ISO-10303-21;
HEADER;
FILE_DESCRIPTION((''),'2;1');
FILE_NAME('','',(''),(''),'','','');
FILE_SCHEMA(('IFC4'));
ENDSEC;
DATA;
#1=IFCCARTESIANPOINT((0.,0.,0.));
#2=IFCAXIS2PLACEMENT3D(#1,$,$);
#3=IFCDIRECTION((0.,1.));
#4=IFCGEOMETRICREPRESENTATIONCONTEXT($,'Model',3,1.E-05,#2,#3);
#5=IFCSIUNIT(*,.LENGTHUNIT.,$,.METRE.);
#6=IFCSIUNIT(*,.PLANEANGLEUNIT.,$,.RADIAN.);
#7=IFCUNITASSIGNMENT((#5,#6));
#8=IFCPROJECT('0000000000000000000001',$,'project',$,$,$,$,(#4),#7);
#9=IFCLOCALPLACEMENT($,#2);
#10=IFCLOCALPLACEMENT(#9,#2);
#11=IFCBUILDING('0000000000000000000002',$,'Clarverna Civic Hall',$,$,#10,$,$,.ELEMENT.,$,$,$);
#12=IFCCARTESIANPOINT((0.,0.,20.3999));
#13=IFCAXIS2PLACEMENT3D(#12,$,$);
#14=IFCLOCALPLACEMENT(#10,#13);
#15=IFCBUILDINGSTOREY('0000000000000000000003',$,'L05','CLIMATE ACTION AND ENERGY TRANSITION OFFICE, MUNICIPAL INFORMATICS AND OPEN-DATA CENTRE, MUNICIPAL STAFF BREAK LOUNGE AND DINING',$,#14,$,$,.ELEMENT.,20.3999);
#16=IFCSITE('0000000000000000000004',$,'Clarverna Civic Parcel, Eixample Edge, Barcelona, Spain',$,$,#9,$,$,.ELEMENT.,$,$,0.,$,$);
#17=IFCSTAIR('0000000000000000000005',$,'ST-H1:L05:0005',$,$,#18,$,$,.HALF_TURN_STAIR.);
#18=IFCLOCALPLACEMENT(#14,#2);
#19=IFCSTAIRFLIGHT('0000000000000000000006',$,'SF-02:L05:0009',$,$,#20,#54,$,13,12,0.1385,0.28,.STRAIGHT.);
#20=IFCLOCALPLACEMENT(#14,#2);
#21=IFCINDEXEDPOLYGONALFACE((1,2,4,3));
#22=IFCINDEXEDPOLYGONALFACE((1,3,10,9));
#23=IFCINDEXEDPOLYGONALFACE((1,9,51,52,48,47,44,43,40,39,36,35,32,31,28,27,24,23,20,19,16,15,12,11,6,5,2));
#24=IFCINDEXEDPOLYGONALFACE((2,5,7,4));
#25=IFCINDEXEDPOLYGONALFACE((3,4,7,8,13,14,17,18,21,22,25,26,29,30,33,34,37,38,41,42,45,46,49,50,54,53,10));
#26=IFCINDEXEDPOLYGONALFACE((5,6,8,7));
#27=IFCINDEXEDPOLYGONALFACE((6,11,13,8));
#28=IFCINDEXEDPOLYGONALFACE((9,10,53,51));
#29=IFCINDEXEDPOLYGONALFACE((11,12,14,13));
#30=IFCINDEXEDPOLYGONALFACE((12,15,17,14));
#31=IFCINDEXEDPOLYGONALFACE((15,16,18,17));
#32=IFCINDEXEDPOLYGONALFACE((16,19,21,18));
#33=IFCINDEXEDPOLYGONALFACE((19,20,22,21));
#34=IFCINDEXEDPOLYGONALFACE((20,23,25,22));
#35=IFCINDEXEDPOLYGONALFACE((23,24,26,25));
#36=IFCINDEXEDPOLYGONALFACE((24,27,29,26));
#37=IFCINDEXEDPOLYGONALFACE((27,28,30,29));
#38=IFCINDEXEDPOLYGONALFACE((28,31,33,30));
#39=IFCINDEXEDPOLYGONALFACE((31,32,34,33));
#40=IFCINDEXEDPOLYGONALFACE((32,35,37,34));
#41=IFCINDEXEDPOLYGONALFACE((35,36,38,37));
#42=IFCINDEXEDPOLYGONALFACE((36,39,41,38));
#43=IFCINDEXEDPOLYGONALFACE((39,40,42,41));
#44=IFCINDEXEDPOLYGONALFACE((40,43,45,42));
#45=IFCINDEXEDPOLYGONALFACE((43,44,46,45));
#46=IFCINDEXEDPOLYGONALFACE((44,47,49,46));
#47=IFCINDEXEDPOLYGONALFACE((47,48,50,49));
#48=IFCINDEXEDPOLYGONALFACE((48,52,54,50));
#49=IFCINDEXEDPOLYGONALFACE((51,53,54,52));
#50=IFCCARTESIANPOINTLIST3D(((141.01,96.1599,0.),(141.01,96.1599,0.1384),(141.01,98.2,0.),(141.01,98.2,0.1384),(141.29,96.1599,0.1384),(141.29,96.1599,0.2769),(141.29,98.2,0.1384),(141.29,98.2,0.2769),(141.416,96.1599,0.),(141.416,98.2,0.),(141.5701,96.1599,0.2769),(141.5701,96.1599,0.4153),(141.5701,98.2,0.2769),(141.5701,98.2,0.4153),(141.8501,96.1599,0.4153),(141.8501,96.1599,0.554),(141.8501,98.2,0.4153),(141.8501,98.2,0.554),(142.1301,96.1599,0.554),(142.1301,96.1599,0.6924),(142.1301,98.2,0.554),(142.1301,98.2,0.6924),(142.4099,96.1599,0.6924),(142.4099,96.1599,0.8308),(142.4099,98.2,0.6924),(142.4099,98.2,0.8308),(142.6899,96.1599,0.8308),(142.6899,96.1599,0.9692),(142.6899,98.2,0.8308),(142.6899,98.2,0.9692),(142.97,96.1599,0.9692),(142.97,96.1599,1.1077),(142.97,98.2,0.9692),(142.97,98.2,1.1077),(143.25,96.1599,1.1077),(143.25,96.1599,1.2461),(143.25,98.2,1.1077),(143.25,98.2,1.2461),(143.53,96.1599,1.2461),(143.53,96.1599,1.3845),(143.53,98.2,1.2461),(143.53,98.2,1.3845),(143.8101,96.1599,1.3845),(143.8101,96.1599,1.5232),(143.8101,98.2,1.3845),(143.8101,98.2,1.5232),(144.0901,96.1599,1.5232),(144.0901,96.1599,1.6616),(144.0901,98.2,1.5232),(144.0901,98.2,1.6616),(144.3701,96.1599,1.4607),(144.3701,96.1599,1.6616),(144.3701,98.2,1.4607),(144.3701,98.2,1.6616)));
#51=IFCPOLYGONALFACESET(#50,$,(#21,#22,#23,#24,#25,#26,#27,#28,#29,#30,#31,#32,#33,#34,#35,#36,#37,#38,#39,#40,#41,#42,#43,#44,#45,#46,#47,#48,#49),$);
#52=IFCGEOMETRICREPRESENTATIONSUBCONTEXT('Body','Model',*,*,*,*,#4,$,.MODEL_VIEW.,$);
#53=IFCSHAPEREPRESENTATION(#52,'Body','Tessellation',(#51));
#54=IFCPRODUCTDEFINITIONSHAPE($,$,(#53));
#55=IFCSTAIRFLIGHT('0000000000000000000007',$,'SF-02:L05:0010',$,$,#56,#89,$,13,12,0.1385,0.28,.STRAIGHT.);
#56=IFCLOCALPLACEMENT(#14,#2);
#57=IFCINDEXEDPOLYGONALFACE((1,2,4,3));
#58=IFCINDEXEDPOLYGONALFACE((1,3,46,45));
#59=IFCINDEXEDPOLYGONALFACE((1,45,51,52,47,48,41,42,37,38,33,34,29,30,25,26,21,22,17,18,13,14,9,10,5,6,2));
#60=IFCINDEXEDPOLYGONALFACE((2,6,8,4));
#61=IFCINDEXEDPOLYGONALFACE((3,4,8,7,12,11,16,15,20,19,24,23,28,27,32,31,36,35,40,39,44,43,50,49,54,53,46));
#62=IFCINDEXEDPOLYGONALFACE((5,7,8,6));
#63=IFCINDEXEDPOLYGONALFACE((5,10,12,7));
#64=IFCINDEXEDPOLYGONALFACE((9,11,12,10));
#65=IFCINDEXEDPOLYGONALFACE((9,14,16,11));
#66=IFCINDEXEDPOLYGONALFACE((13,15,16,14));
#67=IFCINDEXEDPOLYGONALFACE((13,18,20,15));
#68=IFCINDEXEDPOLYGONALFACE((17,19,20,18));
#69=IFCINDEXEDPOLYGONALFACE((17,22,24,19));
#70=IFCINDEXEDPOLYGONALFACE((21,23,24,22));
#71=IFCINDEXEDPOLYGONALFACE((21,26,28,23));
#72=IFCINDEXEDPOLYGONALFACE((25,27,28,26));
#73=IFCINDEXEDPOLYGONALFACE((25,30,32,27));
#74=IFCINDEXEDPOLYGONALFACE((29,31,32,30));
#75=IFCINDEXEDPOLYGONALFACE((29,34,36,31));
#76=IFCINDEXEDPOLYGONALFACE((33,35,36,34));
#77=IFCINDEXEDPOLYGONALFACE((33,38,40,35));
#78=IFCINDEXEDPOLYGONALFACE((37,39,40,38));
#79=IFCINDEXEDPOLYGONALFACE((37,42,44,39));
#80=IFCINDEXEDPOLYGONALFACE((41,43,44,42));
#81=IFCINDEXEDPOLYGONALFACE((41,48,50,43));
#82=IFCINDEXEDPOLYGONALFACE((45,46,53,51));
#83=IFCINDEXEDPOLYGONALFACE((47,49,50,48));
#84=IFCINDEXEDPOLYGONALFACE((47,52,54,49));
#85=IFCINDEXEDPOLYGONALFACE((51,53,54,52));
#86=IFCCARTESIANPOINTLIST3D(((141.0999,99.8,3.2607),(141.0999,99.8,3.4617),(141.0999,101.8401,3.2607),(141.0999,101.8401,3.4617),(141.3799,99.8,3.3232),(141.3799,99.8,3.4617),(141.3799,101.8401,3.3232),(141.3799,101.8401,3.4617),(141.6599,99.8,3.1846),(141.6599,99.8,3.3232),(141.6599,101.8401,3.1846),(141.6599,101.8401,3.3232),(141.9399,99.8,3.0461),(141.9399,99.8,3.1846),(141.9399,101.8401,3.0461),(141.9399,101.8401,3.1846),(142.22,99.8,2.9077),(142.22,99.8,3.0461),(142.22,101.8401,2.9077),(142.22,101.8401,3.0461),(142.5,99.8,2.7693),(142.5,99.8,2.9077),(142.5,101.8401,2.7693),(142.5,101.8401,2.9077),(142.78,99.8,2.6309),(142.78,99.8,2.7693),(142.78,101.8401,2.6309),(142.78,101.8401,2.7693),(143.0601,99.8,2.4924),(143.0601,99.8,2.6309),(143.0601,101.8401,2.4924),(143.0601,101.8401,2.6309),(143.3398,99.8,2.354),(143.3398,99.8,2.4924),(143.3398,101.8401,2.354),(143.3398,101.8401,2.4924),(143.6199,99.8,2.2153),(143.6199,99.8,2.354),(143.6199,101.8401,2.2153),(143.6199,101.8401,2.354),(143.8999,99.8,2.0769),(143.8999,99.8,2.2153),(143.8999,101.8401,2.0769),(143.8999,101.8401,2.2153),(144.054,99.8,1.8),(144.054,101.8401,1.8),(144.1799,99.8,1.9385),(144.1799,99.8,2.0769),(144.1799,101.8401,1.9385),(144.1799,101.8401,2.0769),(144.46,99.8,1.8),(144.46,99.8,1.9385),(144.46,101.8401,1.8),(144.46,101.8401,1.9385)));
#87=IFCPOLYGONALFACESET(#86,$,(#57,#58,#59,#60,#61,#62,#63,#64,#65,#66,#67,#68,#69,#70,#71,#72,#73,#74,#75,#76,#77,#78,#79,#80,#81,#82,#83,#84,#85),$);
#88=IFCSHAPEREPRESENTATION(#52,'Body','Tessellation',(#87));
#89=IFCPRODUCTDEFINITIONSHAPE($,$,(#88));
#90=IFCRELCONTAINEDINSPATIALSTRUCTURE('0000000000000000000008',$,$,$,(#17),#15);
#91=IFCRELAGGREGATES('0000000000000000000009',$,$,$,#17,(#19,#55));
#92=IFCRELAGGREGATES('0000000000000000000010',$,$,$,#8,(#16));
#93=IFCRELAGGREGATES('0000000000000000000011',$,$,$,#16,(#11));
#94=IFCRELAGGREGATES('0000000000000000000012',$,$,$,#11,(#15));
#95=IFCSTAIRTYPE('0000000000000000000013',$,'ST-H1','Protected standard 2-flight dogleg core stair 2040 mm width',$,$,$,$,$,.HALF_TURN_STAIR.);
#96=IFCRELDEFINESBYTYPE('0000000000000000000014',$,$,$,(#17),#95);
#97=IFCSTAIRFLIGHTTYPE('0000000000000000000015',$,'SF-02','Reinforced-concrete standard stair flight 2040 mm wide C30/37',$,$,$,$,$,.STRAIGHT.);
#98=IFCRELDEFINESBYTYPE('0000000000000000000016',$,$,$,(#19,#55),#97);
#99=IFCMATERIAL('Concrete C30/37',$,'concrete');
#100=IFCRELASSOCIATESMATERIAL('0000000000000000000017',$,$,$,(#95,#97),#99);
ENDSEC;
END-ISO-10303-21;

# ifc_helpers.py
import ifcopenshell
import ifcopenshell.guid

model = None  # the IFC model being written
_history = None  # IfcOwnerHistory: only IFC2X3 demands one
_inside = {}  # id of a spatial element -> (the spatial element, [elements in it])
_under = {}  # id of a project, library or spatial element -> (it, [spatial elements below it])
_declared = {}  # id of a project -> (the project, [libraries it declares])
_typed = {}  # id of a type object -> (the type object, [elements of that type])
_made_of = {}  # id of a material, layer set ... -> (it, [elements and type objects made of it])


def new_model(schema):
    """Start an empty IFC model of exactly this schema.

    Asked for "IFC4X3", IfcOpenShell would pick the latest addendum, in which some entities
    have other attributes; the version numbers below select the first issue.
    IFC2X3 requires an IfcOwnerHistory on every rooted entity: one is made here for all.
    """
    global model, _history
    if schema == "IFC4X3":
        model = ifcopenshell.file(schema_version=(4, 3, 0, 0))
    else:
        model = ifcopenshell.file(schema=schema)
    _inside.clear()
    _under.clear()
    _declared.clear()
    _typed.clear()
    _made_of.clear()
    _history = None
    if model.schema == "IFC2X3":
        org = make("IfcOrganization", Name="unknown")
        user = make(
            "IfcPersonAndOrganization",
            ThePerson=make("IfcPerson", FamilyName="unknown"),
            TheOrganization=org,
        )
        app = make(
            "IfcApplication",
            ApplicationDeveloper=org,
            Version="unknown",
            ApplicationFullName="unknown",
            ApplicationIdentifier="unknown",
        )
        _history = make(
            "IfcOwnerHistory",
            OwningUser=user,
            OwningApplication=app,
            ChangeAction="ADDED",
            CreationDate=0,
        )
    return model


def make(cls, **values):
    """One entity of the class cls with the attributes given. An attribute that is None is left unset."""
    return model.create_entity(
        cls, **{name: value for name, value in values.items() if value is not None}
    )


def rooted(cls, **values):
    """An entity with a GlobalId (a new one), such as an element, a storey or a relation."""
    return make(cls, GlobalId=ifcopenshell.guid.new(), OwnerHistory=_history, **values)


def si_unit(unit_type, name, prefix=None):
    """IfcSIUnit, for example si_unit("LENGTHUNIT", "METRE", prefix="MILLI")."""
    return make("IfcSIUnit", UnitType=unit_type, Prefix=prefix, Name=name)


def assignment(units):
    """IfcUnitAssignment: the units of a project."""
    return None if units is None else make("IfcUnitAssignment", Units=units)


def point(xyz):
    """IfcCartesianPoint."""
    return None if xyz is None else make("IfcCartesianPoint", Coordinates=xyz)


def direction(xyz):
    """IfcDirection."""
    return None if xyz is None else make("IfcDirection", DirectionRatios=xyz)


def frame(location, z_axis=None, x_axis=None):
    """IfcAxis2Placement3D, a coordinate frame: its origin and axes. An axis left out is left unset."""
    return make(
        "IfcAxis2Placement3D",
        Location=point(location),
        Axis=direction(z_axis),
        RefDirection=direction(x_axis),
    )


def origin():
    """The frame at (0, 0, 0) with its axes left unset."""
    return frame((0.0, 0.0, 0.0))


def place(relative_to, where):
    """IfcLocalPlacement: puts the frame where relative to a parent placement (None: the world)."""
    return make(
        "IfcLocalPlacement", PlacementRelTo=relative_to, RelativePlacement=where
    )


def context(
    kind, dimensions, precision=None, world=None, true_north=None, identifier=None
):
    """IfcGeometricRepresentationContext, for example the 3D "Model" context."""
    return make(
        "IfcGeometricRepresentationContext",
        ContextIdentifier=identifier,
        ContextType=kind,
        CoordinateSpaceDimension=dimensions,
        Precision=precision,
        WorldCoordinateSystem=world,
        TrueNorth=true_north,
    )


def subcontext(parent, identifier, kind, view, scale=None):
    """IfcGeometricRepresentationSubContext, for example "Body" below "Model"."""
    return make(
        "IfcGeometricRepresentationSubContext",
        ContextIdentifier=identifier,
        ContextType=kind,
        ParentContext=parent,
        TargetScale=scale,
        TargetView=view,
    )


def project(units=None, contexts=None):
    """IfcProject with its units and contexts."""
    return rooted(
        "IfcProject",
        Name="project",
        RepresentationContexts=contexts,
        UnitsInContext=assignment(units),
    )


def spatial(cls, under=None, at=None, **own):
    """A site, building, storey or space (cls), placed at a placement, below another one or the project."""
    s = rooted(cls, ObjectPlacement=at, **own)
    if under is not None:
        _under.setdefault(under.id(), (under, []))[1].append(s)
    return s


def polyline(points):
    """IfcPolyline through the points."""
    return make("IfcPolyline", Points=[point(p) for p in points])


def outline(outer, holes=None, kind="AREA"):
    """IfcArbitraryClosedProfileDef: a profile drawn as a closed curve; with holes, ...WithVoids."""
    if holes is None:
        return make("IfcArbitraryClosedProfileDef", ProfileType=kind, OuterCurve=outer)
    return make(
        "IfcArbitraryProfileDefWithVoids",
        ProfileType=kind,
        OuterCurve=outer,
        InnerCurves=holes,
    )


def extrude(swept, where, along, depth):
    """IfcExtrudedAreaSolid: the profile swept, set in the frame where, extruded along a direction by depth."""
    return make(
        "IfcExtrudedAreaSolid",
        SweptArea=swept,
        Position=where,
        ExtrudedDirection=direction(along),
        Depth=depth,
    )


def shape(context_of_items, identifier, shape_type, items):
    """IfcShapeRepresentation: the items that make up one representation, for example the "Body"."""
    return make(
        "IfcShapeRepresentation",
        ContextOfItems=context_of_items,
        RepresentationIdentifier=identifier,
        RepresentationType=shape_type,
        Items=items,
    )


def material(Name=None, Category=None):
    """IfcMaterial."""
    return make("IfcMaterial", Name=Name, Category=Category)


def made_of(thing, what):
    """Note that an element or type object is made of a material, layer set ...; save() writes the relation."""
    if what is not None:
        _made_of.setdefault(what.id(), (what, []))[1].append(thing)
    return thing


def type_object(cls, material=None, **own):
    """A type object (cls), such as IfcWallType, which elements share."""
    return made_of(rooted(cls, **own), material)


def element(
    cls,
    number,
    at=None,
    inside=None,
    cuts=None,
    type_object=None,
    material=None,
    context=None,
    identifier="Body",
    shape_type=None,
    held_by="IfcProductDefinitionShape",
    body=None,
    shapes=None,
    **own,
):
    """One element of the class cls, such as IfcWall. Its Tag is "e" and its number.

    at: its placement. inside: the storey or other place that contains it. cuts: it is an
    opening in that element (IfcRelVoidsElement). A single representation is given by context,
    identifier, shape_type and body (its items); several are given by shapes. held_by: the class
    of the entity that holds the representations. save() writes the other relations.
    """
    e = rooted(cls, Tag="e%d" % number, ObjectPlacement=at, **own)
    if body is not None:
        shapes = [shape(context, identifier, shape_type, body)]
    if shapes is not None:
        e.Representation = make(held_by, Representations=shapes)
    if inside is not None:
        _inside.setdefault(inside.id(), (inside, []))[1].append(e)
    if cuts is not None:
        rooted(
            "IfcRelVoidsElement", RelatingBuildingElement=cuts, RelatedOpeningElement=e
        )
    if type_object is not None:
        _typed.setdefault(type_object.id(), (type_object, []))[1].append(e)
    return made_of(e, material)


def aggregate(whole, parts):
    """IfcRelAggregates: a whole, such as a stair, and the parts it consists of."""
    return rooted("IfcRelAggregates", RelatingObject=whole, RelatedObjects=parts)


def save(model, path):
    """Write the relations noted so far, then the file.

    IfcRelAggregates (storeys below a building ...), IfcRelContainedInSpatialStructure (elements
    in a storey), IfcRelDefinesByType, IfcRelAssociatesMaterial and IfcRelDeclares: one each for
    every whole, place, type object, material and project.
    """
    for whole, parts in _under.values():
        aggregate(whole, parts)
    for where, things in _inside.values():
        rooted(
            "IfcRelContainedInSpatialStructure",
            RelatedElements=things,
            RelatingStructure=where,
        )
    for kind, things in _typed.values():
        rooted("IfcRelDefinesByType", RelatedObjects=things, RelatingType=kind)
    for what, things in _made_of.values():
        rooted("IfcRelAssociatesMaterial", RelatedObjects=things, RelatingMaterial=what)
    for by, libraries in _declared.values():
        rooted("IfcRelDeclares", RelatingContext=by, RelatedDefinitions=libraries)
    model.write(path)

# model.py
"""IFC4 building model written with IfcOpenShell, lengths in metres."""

from ifc_helpers import new_model, si_unit, direction, frame, origin, place, context, subcontext, project, spatial, polyline, outline, extrude, material, type_object, element, aggregate, save


model = new_model("IFC4")

# Units and contexts
model_context = context("Model", 3, precision=1e-05, world=origin(), true_north=direction((0.0, 1.0)))
body_context = subcontext(model_context, "Body", "Model", "MODEL_VIEW")
ifc_project = project(units=[si_unit("LENGTHUNIT", "METRE"), si_unit("PLANEANGLEUNIT", "RADIAN")], contexts=[model_context])

# Site, building, storey
site_placement = place(None, origin())
site = spatial("IfcSite", under=ifc_project, at=site_placement, Name="Clarverna Civic Parcel, Eixample Edge, Barcelona, Spain", CompositionType="ELEMENT", RefElevation=0.0)
building_placement = place(site_placement, origin())
building = spatial("IfcBuilding", under=site, at=building_placement, Name="Clarverna Civic Hall", CompositionType="ELEMENT")
storey_placement = place(building_placement, frame((0.0, 0.0, 20.3999)))
storey = spatial("IfcBuildingStorey", under=building, at=storey_placement, Name="L05", Description="CLIMATE ACTION AND ENERGY TRANSITION OFFICE, MUNICIPAL INFORMATICS AND OPEN-DATA CENTRE, MUNICIPAL STAFF BREAK LOUNGE AND DINING", CompositionType="ELEMENT", Elevation=20.3999)

# Stair, stair flights
ifc_material_1 = material(Name="Concrete C30/37", Category="concrete")
stair_type = type_object("IfcStairType", Name="ST-H1", Description="Protected standard 2-flight dogleg core stair 2040 mm width", PredefinedType="HALF_TURN_STAIR", material=ifc_material_1)
stair_placement = place(storey_placement, origin())
stair = element("IfcStair", 1, at=stair_placement, inside=storey, type_object=stair_type, Name="ST-H1:L05:0005", PredefinedType="HALF_TURN_STAIR")
stair_flight_type = type_object("IfcStairFlightType", Name="SF-02", Description="Reinforced-concrete standard stair flight 2040 mm wide C30/37", PredefinedType="STRAIGHT", material=ifc_material_1)
stair_flight_1_placement = place(storey_placement, frame((141.01, 97.1799, 0.0), z_axis=(0.0, 0.0, 1.0), x_axis=(1.0, 0.0, 0.0)))
stair_flight_1 = element("IfcStairFlight", 2, at=stair_flight_1_placement, type_object=stair_flight_type, Name="SF-02:L05:0009", NumberOfRisers=13, NumberOfTreads=12, PredefinedType="STRAIGHT", RiserHeight=0.1385, TreadLength=0.28, context=body_context, shape_type="SweptSolid", body=[
    extrude(outline(polyline([(0.0, 0.0), (0.0, 0.1384), (0.28, 0.1384), (0.28, 0.2769), (0.5601, 0.2769), (0.5601, 0.4153), (0.8401, 0.4153), (0.8401, 0.554), (1.1201, 0.554), (1.1201, 0.6924), (1.3999, 0.6924), (1.3999, 0.8308), (1.6799, 0.8308), (1.6799, 0.9692), (1.96, 0.9692), (1.96, 1.1077), (2.24, 1.1077), (2.24, 1.2461), (2.52, 1.2461), (2.52, 1.3845), (2.8, 1.3845), (2.8, 1.5232), (3.0801, 1.5232), (3.0801, 1.6616), (3.3601, 1.6616), (3.3601, 1.8), (3.3601, 1.4607), (0.406, 0.0), (0.0, 0.0)])), frame((0.0, 1.02, 0.0), z_axis=(0.0, -1.0, 0.0), x_axis=(1.0, 0.0, 0.0)), (0.0, 0.0, 1.0), 2.04),
])
stair_flight_2_placement = place(storey_placement, frame((144.46, 100.8201, 1.8), z_axis=(0.0, 0.0, 1.0), x_axis=(-1.0, 0.0, 0.0)))
stair_flight_2 = element("IfcStairFlight", 3, at=stair_flight_2_placement, type_object=stair_flight_type, Name="SF-02:L05:0010", NumberOfRisers=13, NumberOfTreads=12, PredefinedType="STRAIGHT", RiserHeight=0.1385, TreadLength=0.28, context=body_context, shape_type="SweptSolid", body=[
    extrude(outline(polyline([(0.0, 0.0), (0.0, 0.1384), (0.28, 0.1384), (0.28, 0.2769), (0.5601, 0.2769), (0.5601, 0.4153), (0.8401, 0.4153), (0.8401, 0.554), (1.1201, 0.554), (1.1201, 0.6924), (1.3999, 0.6924), (1.3999, 0.8308), (1.6799, 0.8308), (1.6799, 0.9692), (1.96, 0.9692), (1.96, 1.1077), (2.24, 1.1077), (2.24, 1.2461), (2.52, 1.2461), (2.52, 1.3845), (2.8, 1.3845), (2.8, 1.5232), (3.0801, 1.5232), (3.0801, 1.6616), (3.3601, 1.6616), (3.3601, 1.8), (3.3601, 1.4607), (0.406, 0.0), (0.0, 0.0)])), frame((0.0, 1.02, 0.0), z_axis=(0.0, -1.0, 0.0), x_axis=(1.0, 0.0, 0.0)), (0.0, 0.0, 1.0), 2.04),
])
aggregate(stair, [stair_flight_1, stair_flight_2])

save(model, "model.ifc")
